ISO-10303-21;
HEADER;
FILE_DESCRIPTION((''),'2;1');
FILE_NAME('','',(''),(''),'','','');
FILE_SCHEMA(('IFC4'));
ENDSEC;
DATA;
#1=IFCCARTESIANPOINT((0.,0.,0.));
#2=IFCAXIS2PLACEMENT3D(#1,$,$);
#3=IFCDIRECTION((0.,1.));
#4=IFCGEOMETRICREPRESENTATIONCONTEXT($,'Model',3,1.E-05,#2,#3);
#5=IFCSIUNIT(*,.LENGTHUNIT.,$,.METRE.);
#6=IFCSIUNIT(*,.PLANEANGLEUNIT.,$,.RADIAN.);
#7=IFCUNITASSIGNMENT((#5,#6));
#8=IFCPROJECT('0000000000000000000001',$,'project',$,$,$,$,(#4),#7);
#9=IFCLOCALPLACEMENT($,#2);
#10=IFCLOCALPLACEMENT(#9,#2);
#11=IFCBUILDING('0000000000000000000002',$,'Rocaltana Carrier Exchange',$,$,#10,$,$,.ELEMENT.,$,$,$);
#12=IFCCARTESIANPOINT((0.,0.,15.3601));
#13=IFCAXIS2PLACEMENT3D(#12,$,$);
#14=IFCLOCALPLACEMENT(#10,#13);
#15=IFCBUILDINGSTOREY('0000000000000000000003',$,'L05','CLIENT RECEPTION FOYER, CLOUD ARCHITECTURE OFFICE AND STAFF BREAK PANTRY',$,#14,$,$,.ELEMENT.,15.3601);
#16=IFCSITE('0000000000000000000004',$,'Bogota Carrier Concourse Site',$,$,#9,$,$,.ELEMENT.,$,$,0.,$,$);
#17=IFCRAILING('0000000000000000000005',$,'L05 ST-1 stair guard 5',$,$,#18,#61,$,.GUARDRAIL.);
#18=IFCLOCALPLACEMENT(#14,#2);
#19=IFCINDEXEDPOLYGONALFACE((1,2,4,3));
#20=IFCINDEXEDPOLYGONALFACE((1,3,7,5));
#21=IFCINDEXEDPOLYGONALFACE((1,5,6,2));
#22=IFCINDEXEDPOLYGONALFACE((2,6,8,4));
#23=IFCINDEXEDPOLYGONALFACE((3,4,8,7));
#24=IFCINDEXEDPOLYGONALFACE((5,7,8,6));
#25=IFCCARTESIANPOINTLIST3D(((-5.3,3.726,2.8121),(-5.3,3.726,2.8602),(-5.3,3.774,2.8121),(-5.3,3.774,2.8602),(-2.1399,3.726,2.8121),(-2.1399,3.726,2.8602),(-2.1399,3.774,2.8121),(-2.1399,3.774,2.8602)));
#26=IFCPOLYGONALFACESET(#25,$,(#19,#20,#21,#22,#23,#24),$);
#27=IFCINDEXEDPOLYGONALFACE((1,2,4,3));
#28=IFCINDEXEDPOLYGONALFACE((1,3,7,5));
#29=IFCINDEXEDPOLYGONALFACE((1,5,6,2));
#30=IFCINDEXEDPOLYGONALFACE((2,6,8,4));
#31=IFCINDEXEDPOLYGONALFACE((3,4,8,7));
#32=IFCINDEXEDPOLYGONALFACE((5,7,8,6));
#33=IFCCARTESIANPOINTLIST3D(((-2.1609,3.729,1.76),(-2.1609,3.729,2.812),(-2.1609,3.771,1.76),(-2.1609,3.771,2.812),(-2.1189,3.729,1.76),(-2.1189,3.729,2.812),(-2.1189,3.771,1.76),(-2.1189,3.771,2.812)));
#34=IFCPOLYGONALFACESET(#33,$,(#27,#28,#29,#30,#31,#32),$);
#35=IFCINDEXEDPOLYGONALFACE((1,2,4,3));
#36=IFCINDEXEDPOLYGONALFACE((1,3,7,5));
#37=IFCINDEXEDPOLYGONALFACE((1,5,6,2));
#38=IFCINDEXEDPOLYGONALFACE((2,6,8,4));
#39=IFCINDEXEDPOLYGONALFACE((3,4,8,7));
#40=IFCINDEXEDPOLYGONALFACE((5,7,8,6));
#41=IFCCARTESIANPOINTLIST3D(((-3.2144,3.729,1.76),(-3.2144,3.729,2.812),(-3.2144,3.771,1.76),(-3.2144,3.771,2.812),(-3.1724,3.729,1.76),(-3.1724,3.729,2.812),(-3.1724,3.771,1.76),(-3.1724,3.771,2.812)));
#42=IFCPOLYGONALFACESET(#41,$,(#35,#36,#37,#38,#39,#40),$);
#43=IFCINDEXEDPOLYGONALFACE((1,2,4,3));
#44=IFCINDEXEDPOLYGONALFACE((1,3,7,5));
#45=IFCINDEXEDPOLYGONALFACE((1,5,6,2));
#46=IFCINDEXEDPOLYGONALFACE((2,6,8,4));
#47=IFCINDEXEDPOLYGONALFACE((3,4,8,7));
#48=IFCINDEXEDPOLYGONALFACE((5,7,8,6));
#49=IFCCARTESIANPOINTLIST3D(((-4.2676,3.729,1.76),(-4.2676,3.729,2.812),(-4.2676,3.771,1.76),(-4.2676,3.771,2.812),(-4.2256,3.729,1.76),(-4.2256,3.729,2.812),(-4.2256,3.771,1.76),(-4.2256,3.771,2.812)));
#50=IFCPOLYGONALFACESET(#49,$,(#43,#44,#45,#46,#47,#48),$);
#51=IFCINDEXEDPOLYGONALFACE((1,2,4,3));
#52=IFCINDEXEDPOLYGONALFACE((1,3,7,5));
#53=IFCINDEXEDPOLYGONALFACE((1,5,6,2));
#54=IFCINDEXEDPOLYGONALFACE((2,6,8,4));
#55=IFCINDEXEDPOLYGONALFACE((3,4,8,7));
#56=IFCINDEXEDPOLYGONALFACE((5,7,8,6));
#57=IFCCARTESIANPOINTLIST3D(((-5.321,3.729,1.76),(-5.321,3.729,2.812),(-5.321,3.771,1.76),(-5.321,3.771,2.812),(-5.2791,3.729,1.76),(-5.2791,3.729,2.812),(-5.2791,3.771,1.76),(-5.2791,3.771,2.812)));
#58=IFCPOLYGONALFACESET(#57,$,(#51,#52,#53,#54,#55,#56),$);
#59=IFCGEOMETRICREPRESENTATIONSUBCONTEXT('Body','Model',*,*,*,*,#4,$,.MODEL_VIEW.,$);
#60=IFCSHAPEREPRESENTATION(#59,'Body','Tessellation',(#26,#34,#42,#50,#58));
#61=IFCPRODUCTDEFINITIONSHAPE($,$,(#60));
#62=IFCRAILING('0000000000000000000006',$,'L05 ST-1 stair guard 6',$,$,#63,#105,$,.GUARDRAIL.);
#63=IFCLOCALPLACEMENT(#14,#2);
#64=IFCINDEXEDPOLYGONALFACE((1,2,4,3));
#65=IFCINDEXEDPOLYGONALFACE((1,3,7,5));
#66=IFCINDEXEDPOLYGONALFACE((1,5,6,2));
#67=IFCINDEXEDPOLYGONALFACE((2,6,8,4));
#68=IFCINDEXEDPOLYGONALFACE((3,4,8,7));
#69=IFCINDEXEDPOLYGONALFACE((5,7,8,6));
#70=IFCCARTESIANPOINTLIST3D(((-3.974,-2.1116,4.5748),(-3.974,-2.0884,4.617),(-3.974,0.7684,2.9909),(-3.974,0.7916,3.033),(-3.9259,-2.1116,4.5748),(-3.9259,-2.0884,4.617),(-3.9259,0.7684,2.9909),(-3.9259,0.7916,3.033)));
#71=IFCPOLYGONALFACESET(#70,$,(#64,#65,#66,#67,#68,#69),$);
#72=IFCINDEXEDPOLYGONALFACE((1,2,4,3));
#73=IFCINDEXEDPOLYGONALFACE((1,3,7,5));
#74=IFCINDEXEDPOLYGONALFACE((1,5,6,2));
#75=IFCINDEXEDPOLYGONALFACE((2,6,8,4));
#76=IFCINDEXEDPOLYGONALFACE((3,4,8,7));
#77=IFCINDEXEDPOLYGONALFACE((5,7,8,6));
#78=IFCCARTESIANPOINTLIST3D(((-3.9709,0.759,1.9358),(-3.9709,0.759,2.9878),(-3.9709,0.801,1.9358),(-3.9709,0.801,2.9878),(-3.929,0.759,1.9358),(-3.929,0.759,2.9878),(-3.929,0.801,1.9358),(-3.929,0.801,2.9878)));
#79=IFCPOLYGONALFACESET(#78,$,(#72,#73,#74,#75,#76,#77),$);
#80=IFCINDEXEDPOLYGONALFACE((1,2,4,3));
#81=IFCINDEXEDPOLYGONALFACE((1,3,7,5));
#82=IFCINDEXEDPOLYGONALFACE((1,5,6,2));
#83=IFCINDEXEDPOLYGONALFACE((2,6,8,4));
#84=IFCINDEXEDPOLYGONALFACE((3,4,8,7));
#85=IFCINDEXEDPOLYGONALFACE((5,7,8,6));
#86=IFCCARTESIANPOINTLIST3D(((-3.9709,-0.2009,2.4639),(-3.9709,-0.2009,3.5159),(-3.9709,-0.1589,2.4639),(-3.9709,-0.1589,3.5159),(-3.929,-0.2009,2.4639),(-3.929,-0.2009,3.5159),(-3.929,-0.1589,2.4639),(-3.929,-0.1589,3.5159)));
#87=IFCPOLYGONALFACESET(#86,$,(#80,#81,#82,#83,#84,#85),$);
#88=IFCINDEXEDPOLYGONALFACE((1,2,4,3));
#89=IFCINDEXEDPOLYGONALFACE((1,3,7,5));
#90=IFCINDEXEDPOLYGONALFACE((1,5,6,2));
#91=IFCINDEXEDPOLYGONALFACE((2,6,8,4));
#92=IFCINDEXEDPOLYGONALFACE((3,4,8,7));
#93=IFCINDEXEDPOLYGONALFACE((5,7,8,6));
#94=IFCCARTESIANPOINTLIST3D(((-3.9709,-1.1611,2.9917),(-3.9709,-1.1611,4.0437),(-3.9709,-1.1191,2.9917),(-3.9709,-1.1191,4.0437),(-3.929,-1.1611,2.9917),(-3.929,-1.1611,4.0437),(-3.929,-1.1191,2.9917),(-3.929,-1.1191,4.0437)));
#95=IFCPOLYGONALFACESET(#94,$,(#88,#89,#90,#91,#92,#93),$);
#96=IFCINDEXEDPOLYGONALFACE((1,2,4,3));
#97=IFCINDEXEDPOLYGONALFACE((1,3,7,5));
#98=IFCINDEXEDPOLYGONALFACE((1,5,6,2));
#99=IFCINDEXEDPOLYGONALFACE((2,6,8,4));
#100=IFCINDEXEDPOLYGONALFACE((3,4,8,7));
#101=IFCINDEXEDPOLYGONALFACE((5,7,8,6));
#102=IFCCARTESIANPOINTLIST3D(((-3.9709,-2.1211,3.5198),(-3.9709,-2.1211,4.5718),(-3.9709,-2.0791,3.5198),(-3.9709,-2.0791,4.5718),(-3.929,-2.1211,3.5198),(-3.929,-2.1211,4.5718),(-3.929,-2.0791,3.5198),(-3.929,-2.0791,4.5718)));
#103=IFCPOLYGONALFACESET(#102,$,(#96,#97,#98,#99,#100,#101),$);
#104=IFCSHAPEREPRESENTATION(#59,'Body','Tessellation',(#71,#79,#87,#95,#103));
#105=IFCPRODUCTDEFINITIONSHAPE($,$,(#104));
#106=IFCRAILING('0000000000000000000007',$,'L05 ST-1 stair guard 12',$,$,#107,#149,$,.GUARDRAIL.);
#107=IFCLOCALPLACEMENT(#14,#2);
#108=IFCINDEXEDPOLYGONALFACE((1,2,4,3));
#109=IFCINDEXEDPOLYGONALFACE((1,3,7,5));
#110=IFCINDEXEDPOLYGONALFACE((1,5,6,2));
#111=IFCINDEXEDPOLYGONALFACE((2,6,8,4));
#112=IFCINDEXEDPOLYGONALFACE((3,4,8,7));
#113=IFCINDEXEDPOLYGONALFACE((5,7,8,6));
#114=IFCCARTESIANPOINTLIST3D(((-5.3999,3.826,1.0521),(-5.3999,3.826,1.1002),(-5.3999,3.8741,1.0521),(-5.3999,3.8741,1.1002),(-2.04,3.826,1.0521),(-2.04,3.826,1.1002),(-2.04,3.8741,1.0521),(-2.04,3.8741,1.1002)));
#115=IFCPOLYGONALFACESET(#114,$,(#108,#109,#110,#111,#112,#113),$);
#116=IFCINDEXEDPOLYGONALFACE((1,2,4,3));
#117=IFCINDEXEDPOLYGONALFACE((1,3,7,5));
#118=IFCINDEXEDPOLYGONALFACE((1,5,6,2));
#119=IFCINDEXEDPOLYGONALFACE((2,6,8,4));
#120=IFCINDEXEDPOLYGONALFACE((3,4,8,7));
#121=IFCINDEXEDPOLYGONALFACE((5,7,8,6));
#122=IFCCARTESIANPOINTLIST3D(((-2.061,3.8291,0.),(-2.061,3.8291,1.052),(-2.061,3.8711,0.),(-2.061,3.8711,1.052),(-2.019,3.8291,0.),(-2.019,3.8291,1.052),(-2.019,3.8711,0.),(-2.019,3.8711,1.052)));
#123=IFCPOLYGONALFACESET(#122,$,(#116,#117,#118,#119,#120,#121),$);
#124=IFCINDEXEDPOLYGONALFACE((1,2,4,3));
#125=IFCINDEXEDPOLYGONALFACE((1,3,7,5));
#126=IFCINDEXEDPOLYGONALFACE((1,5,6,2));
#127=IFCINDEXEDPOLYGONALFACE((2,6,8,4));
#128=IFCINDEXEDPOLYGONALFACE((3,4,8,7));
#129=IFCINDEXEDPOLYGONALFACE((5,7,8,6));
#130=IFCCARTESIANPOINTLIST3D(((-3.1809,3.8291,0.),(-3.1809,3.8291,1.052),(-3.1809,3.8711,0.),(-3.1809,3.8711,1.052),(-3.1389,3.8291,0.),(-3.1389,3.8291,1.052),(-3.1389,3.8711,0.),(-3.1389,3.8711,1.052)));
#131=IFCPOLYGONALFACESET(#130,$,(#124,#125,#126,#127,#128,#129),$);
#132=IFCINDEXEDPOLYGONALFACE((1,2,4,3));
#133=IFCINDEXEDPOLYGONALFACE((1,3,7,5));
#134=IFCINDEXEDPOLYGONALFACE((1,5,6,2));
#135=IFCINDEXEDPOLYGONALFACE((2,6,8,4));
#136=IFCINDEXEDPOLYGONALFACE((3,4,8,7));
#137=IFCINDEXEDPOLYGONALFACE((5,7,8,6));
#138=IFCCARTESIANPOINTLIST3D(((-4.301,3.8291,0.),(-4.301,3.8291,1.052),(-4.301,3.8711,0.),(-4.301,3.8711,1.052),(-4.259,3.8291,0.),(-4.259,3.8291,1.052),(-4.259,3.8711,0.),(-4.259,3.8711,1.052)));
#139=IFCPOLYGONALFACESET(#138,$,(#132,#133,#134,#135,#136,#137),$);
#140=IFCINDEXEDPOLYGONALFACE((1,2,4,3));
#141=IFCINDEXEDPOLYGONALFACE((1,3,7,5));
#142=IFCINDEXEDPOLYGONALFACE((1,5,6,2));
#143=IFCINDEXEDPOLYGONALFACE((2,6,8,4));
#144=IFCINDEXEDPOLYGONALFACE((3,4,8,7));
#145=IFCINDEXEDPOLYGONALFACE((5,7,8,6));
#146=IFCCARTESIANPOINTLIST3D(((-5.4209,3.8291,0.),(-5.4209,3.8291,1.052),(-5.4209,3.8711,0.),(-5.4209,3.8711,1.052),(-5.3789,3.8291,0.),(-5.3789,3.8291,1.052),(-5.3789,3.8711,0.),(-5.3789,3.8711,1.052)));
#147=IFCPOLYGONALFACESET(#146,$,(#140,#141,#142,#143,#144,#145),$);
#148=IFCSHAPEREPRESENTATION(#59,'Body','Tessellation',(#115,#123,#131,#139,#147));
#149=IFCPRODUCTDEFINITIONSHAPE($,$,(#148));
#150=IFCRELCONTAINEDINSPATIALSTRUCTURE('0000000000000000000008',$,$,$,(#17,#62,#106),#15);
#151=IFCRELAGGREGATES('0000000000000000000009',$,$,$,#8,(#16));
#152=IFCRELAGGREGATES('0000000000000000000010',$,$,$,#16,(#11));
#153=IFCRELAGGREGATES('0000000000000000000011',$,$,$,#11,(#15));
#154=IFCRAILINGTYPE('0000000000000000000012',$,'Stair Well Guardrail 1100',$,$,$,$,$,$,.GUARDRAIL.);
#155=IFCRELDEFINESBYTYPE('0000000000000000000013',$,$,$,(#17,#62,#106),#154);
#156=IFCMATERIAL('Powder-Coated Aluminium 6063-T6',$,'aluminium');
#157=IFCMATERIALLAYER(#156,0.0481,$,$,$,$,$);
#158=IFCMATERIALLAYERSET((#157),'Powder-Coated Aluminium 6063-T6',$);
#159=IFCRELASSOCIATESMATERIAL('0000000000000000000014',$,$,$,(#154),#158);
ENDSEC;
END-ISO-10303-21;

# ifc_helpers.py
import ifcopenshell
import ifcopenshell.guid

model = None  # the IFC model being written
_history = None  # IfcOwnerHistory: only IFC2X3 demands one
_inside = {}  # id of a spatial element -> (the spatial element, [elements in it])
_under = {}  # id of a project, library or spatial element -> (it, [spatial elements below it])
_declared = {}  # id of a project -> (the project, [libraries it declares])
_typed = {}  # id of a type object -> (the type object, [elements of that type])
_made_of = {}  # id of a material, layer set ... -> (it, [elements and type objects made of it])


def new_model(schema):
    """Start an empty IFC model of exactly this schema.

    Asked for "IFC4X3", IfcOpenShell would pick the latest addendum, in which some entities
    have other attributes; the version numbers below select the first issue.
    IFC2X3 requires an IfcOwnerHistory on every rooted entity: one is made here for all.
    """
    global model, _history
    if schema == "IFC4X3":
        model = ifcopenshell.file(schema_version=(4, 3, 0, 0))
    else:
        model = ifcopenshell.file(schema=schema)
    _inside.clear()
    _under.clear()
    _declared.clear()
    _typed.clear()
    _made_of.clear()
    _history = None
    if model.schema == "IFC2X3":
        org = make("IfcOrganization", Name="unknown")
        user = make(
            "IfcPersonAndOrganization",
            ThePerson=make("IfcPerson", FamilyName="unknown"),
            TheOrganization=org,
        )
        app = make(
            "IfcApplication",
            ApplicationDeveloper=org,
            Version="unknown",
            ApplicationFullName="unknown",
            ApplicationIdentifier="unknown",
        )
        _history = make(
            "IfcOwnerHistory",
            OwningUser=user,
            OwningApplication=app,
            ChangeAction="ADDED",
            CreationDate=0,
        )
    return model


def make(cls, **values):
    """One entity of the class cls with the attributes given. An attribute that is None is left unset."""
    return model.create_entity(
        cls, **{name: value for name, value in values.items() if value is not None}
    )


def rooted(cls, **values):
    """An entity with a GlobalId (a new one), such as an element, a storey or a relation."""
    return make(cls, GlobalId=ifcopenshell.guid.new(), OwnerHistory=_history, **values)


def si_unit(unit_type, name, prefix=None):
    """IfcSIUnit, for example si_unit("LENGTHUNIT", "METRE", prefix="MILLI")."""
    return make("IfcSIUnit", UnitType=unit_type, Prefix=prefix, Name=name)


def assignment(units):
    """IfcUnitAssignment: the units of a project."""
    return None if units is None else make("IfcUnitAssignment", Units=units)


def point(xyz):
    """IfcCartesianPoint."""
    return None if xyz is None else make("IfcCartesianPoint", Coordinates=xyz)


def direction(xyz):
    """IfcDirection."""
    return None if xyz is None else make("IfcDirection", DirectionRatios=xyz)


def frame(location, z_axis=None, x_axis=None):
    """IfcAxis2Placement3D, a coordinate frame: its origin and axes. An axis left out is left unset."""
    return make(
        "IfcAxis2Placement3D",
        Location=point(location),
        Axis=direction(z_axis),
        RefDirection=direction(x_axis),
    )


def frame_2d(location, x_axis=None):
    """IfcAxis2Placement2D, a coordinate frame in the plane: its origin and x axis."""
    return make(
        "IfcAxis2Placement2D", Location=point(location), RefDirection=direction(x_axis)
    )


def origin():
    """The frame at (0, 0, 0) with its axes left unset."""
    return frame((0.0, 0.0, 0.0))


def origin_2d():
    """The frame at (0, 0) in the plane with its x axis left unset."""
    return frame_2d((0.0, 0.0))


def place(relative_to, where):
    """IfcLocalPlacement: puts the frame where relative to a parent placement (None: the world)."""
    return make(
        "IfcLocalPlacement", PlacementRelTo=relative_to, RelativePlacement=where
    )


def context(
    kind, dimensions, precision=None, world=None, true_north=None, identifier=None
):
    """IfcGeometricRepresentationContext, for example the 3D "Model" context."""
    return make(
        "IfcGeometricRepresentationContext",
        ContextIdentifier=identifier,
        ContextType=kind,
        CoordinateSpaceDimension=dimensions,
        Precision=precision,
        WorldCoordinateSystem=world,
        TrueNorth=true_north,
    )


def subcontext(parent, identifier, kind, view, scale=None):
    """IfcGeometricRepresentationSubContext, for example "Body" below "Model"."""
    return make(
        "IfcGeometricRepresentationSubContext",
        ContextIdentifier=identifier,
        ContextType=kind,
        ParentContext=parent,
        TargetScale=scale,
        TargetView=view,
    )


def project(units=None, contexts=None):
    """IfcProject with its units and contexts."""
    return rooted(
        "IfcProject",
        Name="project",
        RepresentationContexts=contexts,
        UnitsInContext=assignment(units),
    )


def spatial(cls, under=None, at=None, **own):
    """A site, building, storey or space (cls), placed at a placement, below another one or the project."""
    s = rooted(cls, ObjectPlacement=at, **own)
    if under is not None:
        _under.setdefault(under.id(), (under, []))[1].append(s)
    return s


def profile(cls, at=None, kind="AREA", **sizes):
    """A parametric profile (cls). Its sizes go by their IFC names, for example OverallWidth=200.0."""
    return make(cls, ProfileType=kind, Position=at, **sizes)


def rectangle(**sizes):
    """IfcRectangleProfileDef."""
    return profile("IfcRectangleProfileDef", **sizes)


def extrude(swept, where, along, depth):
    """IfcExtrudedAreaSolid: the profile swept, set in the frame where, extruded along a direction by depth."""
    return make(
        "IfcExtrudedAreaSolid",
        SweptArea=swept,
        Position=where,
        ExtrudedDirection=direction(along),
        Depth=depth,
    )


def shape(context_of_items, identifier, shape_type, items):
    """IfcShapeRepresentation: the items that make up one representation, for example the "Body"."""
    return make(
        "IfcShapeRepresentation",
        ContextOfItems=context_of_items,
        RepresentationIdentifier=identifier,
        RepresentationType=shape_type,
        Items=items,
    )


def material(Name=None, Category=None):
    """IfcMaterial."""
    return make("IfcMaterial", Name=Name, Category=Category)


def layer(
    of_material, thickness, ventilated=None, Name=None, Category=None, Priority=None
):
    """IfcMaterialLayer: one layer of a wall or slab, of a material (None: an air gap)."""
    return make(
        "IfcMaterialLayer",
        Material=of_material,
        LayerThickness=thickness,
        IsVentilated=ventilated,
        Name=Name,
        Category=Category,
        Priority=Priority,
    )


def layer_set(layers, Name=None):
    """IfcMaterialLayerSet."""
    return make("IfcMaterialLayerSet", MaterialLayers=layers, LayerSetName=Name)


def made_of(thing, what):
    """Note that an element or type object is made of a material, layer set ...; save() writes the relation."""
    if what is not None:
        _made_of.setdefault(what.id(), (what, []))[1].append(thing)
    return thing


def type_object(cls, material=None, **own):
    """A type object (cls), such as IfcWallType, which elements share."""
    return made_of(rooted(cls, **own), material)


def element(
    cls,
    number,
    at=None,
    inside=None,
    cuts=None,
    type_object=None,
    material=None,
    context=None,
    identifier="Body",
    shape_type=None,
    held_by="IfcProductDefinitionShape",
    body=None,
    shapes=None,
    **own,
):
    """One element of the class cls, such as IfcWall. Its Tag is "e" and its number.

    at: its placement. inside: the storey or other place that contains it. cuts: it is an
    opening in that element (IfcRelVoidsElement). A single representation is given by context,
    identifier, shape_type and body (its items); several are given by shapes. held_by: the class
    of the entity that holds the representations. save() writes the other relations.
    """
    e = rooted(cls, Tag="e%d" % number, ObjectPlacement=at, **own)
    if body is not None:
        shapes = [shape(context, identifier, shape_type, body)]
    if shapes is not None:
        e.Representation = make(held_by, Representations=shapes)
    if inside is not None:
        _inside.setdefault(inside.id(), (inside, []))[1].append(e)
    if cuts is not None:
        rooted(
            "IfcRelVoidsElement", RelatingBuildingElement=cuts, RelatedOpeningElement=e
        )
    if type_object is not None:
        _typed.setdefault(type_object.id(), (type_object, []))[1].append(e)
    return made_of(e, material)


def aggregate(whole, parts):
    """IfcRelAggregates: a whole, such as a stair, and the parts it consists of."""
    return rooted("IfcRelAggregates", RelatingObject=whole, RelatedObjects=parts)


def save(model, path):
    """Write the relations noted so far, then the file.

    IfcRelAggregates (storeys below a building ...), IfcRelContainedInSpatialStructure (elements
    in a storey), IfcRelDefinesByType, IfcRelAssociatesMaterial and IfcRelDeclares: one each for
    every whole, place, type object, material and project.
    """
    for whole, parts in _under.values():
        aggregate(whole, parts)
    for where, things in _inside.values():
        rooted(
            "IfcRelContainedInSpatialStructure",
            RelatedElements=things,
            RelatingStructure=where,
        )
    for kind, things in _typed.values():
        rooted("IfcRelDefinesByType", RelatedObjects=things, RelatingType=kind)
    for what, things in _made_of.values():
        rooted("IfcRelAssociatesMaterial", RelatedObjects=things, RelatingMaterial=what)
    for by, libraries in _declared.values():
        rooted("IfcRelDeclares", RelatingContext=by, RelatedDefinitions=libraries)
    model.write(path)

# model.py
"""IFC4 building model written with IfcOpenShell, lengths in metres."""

from ifc_helpers import new_model, si_unit, direction, frame, origin, origin_2d, place, context, subcontext, project, spatial, rectangle, extrude, material, layer, layer_set, type_object, element, save


model = new_model("IFC4")

# Units and contexts
model_context = context("Model", 3, precision=1e-05, world=origin(), true_north=direction((0.0, 1.0)))
body_context = subcontext(model_context, "Body", "Model", "MODEL_VIEW")
ifc_project = project(units=[si_unit("LENGTHUNIT", "METRE"), si_unit("PLANEANGLEUNIT", "RADIAN")], contexts=[model_context])

# Site, building, storey
site_placement = place(None, origin())
site = spatial("IfcSite", under=ifc_project, at=site_placement, Name="Bogota Carrier Concourse Site", CompositionType="ELEMENT", RefElevation=0.0)
building_placement = place(site_placement, origin())
building = spatial("IfcBuilding", under=site, at=building_placement, Name="Rocaltana Carrier Exchange", CompositionType="ELEMENT")
storey_placement = place(building_placement, frame((0.0, 0.0, 15.3601)))
storey = spatial("IfcBuildingStorey", under=building, at=storey_placement, Name="L05", Description="CLIENT RECEPTION FOYER, CLOUD ARCHITECTURE OFFICE AND STAFF BREAK PANTRY", CompositionType="ELEMENT", Elevation=15.3601)

# Railings
ifc_material_1 = material(Name="Powder-Coated Aluminium 6063-T6", Category="aluminium")
ifc_layer_1 = layer(ifc_material_1, 0.0481)
ifc_layer_set_1 = layer_set([ifc_layer_1], Name="Powder-Coated Aluminium 6063-T6")
railing_type_1 = type_object("IfcRailingType", Name="Stair Well Guardrail 1100", PredefinedType="GUARDRAIL", material=ifc_layer_set_1)
railing_1_placement = place(storey_placement, frame((-2.1399, 3.75, 1.76)))
element("IfcRailing", 1, at=railing_1_placement, inside=storey, type_object=railing_type_1, Name="L05 ST-1 stair guard 5", PredefinedType="GUARDRAIL", context=body_context, shape_type="SweptSolid", body=[
    extrude(rectangle(XDim=0.0481, YDim=0.0481, at=origin_2d()), frame((0.0, 0.0, 1.0762), z_axis=(-1.0, 0.0, 0.0), x_axis=(0.0, -1.0, 0.0)), (0.0, 0.0, 1.0), 3.1602),
    extrude(rectangle(XDim=0.042, YDim=0.042, at=origin_2d()), origin(), (0.0, 0.0, 1.0), 1.052),
    extrude(rectangle(XDim=0.042, YDim=0.042, at=origin_2d()), frame((-1.0535, 0.0, 0.0)), (0.0, 0.0, 1.0), 1.052),
    extrude(rectangle(XDim=0.042, YDim=0.042, at=origin_2d()), frame((-2.1067, 0.0, 0.0)), (0.0, 0.0, 1.0), 1.052),
    extrude(rectangle(XDim=0.042, YDim=0.042, at=origin_2d()), frame((-3.1602, 0.0, 0.0)), (0.0, 0.0, 1.0), 1.052),
])
railing_2_placement = place(storey_placement, frame((-3.95, 0.78, 1.9358)))
element("IfcRailing", 2, at=railing_2_placement, inside=storey, type_object=railing_type_1, Name="L05 ST-1 stair guard 6", PredefinedType="GUARDRAIL", context=body_context, shape_type="SweptSolid", body=[
    extrude(rectangle(XDim=0.0481, YDim=0.0481, at=origin_2d()), frame((0.0, 0.0, 1.0762), z_axis=(0.0, -0.876227, 0.481899), x_axis=(1.0, 0.0, 0.0)), (0.0, 0.0, 1.0), 3.2869),
    extrude(rectangle(XDim=0.042, YDim=0.042, at=origin_2d()), origin(), (0.0, 0.0, 1.0), 1.052),
    extrude(rectangle(XDim=0.042, YDim=0.042, at=origin_2d()), frame((0.0, -0.96, 0.5281)), (0.0, 0.0, 1.0), 1.052),
    extrude(rectangle(XDim=0.042, YDim=0.042, at=origin_2d()), frame((0.0, -1.9202, 1.0559)), (0.0, 0.0, 1.0), 1.052),
    extrude(rectangle(XDim=0.042, YDim=0.042, at=origin_2d()), frame((0.0, -2.8801, 1.584)), (0.0, 0.0, 1.0), 1.052),
])
railing_3_placement = place(storey_placement, frame((-2.04, 3.8501, 0.0)))
element("IfcRailing", 3, at=railing_3_placement, inside=storey, type_object=railing_type_1, Name="L05 ST-1 stair guard 12", PredefinedType="GUARDRAIL", context=body_context, shape_type="SweptSolid", body=[
    extrude(rectangle(XDim=0.0481, YDim=0.0481, at=origin_2d()), frame((0.0, 0.0, 1.0762), z_axis=(-1.0, 0.0, 0.0), x_axis=(0.0, -1.0, 0.0)), (0.0, 0.0, 1.0), 3.3599),
    extrude(rectangle(XDim=0.042, YDim=0.042, at=origin_2d()), origin(), (0.0, 0.0, 1.0), 1.052),
    extrude(rectangle(XDim=0.042, YDim=0.042, at=origin_2d()), frame((-1.1199, 0.0, 0.0)), (0.0, 0.0, 1.0), 1.052),
    extrude(rectangle(XDim=0.042, YDim=0.042, at=origin_2d()), frame((-2.24, 0.0, 0.0)), (0.0, 0.0, 1.0), 1.052),
    extrude(rectangle(XDim=0.042, YDim=0.042, at=origin_2d()), frame((-3.3599, 0.0, 0.0)), (0.0, 0.0, 1.0), 1.052),
])

save(model, "model.ifc")
